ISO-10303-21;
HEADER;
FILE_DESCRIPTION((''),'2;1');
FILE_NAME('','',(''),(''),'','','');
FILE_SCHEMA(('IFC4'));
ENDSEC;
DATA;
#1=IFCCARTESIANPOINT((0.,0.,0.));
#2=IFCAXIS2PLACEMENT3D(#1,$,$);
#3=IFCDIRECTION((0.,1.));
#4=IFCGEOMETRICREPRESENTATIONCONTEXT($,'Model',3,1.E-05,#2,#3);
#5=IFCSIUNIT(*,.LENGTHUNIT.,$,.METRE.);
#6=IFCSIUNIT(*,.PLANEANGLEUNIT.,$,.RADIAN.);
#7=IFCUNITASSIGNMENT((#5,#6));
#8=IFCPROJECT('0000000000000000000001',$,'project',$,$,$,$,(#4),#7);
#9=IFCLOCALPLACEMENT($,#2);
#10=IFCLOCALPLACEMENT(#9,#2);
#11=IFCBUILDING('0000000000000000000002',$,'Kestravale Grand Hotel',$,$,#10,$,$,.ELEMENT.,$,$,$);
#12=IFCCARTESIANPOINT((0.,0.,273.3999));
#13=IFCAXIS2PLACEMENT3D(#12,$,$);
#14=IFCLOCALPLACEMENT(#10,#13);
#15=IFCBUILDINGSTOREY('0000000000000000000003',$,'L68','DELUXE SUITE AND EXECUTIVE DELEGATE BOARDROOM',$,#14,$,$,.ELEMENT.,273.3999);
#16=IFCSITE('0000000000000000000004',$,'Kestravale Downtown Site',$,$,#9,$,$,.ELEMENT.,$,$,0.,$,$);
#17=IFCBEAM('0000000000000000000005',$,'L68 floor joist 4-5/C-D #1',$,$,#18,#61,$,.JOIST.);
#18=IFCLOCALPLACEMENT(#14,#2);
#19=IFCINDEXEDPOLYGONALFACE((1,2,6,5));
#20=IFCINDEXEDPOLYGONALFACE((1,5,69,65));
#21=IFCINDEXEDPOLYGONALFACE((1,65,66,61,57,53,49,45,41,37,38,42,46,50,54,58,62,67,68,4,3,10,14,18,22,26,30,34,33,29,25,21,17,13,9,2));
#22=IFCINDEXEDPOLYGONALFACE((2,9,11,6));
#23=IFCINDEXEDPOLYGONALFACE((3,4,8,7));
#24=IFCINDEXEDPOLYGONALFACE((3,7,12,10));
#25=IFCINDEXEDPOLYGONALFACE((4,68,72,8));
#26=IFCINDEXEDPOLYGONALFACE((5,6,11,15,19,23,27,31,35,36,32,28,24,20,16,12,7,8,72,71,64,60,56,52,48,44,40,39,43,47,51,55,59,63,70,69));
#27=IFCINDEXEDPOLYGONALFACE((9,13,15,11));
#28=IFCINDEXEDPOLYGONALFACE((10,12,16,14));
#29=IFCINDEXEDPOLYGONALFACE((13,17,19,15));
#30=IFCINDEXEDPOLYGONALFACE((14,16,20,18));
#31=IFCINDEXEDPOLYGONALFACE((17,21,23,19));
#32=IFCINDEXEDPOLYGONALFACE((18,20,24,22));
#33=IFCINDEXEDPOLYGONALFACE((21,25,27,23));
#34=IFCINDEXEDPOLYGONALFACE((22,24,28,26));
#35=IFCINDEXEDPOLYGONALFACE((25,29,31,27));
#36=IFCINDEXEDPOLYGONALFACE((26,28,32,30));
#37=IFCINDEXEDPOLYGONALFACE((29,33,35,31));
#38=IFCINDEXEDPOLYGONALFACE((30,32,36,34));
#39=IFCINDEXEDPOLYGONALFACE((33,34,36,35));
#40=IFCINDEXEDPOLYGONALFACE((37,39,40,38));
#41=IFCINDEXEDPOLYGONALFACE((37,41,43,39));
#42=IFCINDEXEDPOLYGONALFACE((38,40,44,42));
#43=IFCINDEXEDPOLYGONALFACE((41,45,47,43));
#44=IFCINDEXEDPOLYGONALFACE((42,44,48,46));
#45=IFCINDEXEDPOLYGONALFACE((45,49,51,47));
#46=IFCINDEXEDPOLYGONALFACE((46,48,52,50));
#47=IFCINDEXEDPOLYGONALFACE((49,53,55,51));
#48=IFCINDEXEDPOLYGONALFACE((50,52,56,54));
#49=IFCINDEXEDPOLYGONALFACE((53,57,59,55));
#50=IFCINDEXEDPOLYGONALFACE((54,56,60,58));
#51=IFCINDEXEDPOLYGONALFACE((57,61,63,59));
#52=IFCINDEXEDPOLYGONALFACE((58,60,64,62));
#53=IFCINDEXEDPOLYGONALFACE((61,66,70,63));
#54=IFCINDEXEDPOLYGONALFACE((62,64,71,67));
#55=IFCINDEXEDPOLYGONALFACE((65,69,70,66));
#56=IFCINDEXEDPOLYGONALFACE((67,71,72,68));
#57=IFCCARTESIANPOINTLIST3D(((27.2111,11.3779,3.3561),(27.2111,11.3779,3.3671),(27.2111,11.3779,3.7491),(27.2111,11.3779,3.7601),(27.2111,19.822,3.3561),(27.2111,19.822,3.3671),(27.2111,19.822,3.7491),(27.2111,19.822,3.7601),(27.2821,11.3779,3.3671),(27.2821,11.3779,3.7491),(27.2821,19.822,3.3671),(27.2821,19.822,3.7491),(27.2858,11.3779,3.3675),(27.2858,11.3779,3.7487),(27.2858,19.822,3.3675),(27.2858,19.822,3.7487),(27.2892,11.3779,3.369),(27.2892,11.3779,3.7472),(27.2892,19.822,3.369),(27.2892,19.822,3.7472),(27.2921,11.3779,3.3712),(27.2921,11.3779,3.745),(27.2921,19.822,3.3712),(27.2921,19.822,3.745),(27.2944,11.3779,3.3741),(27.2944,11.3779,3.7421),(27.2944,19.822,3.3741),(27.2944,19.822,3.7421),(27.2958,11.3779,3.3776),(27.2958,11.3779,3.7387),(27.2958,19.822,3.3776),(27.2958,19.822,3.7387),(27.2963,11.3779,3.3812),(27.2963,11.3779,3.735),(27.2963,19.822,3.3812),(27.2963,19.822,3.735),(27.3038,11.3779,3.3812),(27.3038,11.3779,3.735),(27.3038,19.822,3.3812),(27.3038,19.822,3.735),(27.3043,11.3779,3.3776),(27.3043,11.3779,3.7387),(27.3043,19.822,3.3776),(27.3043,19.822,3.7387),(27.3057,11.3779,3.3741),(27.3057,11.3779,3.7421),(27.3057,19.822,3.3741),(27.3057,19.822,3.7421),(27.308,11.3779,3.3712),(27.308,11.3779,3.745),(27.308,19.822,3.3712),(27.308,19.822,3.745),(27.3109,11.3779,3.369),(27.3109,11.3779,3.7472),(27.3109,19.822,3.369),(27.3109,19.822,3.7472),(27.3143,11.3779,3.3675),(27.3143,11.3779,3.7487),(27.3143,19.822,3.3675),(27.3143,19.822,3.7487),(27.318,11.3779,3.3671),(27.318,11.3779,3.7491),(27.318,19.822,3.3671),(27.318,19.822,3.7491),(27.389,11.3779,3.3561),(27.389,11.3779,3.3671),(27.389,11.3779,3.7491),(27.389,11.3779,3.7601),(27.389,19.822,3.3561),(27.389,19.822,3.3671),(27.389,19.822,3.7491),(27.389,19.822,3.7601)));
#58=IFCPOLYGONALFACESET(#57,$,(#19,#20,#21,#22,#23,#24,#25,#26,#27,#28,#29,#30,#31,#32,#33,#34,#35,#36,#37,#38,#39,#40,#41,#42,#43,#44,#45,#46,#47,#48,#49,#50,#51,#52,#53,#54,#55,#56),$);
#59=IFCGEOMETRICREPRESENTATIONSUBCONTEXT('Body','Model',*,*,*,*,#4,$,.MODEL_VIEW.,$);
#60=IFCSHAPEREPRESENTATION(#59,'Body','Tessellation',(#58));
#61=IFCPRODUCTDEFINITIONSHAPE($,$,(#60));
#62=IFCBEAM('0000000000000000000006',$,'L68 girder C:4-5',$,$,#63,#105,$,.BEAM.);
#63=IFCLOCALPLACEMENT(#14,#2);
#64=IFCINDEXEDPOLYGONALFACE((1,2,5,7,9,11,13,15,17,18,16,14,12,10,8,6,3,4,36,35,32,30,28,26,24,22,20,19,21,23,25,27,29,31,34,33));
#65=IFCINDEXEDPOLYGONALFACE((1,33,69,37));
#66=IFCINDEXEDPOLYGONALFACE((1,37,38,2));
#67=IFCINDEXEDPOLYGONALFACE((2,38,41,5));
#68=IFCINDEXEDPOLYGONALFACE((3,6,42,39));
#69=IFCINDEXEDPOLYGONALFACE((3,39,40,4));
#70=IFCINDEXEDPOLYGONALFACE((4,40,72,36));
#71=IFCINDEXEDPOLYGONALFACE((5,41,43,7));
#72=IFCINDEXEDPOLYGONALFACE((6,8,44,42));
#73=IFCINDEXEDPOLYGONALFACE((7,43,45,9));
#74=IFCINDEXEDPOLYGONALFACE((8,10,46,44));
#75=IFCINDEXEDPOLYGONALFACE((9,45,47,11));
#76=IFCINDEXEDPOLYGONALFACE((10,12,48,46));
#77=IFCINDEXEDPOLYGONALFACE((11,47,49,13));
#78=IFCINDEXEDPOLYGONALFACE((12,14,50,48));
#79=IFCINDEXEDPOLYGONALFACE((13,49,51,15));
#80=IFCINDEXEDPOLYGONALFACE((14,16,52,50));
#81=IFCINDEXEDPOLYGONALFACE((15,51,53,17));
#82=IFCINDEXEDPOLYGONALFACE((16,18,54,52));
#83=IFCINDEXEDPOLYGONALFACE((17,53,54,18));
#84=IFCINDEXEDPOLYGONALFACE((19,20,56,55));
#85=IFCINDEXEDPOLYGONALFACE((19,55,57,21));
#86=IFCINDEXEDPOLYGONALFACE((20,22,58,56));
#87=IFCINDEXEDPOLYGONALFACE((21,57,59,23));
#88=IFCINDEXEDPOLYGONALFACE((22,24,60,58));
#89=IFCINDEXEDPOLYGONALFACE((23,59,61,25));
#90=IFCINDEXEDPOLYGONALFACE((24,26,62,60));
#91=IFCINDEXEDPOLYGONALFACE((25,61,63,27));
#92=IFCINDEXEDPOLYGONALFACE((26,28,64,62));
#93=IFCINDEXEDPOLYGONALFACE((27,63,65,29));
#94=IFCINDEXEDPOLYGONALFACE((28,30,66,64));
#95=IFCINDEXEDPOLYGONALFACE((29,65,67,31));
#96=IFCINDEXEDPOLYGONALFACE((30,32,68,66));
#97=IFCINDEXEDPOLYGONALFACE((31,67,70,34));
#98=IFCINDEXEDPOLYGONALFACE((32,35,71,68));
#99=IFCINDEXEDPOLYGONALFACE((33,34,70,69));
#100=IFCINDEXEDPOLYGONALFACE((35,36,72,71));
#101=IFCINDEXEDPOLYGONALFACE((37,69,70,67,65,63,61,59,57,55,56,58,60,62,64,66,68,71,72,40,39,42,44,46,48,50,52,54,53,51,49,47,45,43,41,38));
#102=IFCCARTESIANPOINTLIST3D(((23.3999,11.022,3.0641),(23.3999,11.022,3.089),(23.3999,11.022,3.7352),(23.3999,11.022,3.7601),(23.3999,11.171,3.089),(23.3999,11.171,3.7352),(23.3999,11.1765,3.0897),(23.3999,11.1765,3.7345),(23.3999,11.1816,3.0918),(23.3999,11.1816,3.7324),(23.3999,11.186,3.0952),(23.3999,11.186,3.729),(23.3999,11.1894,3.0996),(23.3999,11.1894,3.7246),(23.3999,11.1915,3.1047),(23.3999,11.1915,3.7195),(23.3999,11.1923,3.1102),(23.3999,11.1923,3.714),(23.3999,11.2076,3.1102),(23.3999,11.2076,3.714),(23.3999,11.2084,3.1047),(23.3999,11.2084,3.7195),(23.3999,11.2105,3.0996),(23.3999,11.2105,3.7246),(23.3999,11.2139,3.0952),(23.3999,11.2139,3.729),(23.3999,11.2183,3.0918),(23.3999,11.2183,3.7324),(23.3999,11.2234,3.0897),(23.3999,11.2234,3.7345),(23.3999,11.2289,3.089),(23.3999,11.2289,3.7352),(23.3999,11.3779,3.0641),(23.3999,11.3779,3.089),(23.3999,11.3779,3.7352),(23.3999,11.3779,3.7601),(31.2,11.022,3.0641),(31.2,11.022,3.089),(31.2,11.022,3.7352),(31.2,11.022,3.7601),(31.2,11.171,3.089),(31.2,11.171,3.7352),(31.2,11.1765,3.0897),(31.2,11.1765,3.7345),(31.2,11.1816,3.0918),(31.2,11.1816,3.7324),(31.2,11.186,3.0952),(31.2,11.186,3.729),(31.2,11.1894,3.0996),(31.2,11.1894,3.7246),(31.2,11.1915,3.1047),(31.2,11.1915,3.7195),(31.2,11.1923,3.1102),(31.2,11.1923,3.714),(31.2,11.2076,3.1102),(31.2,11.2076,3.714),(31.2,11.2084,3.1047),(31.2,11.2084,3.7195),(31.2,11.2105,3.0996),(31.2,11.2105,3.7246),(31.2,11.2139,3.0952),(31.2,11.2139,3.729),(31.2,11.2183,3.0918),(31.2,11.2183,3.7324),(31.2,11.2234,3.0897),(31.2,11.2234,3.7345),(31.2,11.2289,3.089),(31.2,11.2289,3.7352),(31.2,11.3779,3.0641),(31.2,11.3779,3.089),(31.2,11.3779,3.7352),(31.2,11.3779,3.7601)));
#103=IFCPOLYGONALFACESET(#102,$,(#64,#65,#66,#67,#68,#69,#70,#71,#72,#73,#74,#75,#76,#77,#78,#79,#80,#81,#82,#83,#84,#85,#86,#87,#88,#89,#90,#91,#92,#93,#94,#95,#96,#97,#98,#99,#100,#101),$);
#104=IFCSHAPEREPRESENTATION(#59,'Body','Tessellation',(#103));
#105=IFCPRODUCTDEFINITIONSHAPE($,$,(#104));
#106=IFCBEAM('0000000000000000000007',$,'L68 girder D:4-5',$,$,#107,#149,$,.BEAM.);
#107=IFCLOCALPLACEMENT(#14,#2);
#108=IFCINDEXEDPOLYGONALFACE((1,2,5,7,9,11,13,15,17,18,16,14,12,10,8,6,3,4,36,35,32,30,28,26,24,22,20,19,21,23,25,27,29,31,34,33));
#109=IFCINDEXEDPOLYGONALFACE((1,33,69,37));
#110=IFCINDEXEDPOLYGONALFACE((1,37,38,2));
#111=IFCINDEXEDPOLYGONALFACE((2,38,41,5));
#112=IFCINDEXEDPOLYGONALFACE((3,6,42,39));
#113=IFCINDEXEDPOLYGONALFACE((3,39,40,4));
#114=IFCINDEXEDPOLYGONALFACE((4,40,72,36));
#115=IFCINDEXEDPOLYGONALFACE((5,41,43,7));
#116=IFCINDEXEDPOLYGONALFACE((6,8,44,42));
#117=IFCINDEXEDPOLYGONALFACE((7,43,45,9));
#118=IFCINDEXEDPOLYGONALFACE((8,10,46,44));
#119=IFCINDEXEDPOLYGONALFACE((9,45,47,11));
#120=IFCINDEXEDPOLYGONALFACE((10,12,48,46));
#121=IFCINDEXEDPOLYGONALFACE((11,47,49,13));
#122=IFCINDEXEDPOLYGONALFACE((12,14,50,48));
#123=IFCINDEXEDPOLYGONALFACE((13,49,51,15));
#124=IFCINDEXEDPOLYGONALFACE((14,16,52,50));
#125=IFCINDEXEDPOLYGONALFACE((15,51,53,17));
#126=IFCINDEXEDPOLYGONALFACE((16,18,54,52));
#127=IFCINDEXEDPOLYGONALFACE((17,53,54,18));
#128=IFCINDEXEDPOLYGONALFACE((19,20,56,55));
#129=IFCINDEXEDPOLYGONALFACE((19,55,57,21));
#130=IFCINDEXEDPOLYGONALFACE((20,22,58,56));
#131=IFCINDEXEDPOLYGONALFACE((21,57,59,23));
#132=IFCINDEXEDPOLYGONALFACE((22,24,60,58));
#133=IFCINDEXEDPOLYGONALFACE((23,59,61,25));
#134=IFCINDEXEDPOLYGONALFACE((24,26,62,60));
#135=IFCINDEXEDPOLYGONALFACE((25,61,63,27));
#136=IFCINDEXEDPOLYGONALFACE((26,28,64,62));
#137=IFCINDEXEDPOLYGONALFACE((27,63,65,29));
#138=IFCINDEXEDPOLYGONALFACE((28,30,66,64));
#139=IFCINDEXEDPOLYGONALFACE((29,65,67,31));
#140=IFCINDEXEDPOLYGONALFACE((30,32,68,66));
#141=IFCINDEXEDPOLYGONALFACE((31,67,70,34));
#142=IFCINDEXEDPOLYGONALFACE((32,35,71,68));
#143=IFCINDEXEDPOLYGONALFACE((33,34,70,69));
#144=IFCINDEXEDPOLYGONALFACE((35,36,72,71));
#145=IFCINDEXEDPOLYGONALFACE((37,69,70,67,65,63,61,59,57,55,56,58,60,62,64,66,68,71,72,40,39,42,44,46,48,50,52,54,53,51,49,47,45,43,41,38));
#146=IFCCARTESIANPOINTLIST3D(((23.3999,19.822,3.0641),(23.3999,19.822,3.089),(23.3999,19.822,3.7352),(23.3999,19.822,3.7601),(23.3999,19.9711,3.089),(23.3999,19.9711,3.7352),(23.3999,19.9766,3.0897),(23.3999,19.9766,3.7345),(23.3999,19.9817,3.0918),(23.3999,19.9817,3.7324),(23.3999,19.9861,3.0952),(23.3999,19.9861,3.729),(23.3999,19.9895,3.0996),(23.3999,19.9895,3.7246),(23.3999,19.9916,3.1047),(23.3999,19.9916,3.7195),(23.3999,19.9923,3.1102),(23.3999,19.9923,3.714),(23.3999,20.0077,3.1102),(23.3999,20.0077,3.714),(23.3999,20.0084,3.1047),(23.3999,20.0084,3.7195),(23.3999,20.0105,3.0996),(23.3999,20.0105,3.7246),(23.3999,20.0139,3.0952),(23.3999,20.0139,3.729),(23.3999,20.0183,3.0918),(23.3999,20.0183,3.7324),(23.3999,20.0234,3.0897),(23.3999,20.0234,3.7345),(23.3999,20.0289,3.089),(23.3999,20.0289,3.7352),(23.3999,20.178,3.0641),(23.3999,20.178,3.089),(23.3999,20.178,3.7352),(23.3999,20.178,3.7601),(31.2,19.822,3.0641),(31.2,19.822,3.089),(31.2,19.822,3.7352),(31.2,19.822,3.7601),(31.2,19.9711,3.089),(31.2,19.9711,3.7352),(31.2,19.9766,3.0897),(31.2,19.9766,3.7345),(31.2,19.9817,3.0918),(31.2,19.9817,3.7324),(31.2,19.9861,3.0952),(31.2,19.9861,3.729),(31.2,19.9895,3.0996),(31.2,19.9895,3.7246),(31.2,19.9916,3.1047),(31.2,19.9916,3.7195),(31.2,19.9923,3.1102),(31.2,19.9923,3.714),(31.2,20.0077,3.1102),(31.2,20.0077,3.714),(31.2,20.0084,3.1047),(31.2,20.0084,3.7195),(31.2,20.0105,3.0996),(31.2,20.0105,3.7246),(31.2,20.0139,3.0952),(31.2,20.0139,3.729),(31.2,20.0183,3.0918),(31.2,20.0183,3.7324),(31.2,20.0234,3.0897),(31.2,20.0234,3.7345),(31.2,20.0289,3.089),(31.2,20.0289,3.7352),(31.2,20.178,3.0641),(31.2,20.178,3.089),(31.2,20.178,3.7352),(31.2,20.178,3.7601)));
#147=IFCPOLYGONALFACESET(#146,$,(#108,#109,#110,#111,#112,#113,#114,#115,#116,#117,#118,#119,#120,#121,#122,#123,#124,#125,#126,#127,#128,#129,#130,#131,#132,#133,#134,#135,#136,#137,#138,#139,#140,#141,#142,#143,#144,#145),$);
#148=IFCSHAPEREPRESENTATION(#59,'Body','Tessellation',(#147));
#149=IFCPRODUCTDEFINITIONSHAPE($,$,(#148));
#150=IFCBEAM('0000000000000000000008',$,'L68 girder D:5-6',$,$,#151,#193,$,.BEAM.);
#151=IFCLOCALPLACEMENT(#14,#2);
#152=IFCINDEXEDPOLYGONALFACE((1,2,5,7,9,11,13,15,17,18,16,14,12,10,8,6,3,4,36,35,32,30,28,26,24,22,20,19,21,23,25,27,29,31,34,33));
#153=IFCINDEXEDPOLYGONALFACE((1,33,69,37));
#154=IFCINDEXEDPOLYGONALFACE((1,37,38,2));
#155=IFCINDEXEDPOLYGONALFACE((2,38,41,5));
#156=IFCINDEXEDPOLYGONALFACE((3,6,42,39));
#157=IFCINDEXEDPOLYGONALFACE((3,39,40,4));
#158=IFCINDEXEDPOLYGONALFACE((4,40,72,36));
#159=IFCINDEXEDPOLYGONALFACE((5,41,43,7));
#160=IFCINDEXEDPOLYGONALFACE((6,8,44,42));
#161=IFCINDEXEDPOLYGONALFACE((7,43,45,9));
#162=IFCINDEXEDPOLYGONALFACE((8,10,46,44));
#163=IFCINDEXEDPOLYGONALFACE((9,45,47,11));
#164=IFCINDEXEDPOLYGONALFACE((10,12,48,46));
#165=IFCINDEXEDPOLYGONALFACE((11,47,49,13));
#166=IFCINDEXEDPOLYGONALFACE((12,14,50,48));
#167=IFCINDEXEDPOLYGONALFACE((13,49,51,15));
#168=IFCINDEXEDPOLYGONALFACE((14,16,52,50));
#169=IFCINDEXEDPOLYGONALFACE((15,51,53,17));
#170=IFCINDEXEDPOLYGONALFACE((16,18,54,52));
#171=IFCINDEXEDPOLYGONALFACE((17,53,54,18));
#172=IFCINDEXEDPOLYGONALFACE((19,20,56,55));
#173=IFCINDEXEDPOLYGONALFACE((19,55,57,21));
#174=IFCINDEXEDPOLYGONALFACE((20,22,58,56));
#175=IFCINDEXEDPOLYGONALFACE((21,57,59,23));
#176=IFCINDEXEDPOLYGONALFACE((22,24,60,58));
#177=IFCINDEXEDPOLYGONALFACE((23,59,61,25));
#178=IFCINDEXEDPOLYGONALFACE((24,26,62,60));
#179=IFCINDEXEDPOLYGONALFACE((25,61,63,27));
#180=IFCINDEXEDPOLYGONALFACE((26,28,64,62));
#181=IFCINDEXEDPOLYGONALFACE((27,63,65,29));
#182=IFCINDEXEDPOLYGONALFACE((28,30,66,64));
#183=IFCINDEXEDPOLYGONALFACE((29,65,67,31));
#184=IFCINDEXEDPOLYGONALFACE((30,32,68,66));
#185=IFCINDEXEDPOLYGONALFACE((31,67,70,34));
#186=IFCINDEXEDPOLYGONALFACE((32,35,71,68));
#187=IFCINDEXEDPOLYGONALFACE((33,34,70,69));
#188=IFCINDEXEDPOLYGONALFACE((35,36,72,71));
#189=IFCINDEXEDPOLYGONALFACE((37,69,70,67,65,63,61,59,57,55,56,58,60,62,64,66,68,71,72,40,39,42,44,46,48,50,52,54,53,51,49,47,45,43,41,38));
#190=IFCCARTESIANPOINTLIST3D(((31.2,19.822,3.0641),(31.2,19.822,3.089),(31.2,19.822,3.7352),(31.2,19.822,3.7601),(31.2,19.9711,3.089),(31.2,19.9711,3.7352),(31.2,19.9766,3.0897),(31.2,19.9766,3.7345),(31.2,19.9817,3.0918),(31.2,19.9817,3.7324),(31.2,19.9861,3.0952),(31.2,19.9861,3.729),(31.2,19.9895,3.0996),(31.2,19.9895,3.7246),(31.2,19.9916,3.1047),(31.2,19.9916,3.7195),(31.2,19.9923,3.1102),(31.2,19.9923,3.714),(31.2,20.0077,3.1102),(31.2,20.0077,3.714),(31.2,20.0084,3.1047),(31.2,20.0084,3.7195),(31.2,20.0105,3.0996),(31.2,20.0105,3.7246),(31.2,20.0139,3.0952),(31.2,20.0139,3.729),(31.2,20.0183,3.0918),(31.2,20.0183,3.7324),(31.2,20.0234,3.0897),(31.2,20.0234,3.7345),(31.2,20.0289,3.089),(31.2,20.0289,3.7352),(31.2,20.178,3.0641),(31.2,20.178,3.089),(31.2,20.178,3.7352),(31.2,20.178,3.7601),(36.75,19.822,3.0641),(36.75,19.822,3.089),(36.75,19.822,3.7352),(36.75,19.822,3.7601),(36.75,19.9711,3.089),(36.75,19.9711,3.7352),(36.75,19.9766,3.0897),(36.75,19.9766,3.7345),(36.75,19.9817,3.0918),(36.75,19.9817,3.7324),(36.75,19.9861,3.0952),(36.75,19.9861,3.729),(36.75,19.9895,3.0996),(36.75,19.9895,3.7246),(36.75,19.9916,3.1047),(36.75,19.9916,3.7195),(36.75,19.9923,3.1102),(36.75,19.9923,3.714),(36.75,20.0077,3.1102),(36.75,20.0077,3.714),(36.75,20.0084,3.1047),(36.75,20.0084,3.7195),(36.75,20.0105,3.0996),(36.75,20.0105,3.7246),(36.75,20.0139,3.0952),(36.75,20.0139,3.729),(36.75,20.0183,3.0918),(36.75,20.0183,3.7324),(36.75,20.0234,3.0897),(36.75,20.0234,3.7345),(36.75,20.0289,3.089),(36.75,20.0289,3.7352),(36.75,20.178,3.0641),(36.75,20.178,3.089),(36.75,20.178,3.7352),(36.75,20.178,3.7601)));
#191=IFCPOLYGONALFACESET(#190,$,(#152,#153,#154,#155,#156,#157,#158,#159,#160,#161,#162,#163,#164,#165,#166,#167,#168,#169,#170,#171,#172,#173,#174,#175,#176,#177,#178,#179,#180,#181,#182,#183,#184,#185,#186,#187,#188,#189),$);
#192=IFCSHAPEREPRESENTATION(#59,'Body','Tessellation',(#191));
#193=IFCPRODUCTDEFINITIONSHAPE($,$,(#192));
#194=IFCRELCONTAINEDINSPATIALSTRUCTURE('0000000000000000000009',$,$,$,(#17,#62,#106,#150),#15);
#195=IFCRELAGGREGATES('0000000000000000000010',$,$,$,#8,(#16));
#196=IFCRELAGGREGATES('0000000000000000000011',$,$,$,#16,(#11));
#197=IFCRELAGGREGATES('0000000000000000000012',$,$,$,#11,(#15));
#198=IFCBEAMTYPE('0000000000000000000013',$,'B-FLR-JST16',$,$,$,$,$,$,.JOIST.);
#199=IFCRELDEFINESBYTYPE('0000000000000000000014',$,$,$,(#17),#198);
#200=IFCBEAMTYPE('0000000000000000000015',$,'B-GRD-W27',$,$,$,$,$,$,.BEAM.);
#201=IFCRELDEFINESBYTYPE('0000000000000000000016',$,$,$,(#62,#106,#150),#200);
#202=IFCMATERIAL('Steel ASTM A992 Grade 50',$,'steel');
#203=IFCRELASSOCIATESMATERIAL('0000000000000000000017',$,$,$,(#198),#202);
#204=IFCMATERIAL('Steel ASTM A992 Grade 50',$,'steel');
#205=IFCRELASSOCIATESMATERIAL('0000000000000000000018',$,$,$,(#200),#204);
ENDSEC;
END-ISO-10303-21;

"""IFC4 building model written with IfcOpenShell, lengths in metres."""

from ifc_helpers import new_model, si_unit, direction, frame, origin, origin_2d, place, context, subcontext, project, spatial, i_section, extrude, material, material_profile, profile_set, type_object, element, save


model = new_model("IFC4")

# Units and contexts
model_context = context("Model", 3, precision=1e-05, world=origin(), true_north=direction((0.0, 1.0)))
body_context = subcontext(model_context, "Body", "Model", "MODEL_VIEW")
ifc_project = project(units=[si_unit("LENGTHUNIT", "METRE"), si_unit("PLANEANGLEUNIT", "RADIAN")], contexts=[model_context])

# Site, building, storey
site_placement = place(None, origin())
site = spatial("IfcSite", under=ifc_project, at=site_placement, Name="Kestravale Downtown Site", CompositionType="ELEMENT", RefElevation=0.0)
building_placement = place(site_placement, origin())
building = spatial("IfcBuilding", under=site, at=building_placement, Name="Kestravale Grand Hotel", CompositionType="ELEMENT")
storey_placement = place(building_placement, frame((0.0, 0.0, 273.3999)))
storey = spatial("IfcBuildingStorey", under=building, at=storey_placement, Name="L68", Description="DELUXE SUITE AND EXECUTIVE DELEGATE BOARDROOM", CompositionType="ELEMENT", Elevation=273.3999)

# Beams
ifc_material_1 = material(Name="Steel ASTM A992 Grade 50", Category="steel")
ifc_material_profile_1 = material_profile(ifc_material_1, i_section(OverallWidth=0.178, OverallDepth=0.4041, WebThickness=0.0076, FlangeThickness=0.011, FilletRadius=0.0142, at=origin_2d()))
ifc_profile_set_1 = profile_set([ifc_material_profile_1], Name="Steel ASTM A992 Grade 50")
beam_type_1 = type_object("IfcBeamType", Name="B-FLR-JST16", PredefinedType="JOIST", material=ifc_profile_set_1)
beam_1_placement = place(storey_placement, frame((27.3, 11.3779, 3.5581), z_axis=(0.0, 1.0, 0.0), x_axis=(-1.0, 0.0, 0.0)))
element("IfcBeam", 1, at=beam_1_placement, inside=storey, type_object=beam_type_1, Name="L68 floor joist 4-5/C-D #1", PredefinedType="JOIST", context=body_context, shape_type="SweptSolid", body=[
    extrude(i_section(OverallWidth=0.178, OverallDepth=0.4041, WebThickness=0.0076, FlangeThickness=0.011, FilletRadius=0.0142, at=origin_2d()), origin(), (0.0, 0.0, 1.0), 8.4441),
])
ifc_material_2 = material(Name="Steel ASTM A992 Grade 50", Category="steel")
ifc_material_profile_2 = material_profile(ifc_material_2, i_section(OverallWidth=0.356, OverallDepth=0.696, WebThickness=0.0154, FlangeThickness=0.0249, FilletRadius=0.0212, at=origin_2d()))
ifc_profile_set_2 = profile_set([ifc_material_profile_2], Name="Steel ASTM A992 Grade 50")
beam_type_2 = type_object("IfcBeamType", Name="B-GRD-W27", PredefinedType="BEAM", material=ifc_profile_set_2)
for number, where, z_axis, x_axis, name in (
    (2, (23.3999, 11.2, 3.4121), (1.0, 0.0, 0.0), (0.0, 1.0, 0.0), "L68 girder C:4-5"),
    (3, (23.3999, 20.0, 3.4121), (1.0, 0.0, 0.0), (0.0, 1.0, 0.0), "L68 girder D:4-5"),
):
    element("IfcBeam", number, at=place(storey_placement, frame(where, z_axis=z_axis, x_axis=x_axis)), inside=storey, type_object=beam_type_2, Name=name, PredefinedType="BEAM", context=body_context, shape_type="SweptSolid", body=[
        extrude(i_section(OverallWidth=0.356, OverallDepth=0.696, WebThickness=0.0154, FlangeThickness=0.0249, FilletRadius=0.0212, at=origin_2d()), origin(), (0.0, 0.0, 1.0), 7.8),
    ])
beam_2_placement = place(storey_placement, frame((31.2, 20.0, 3.4121), z_axis=(1.0, 0.0, 0.0), x_axis=(0.0, 1.0, 0.0)))
element("IfcBeam", 4, at=beam_2_placement, inside=storey, type_object=beam_type_2, Name="L68 girder D:5-6", PredefinedType="BEAM", context=body_context, shape_type="SweptSolid", body=[
    extrude(i_section(OverallWidth=0.356, OverallDepth=0.696, WebThickness=0.0154, FlangeThickness=0.0249, FilletRadius=0.0212, at=origin_2d()), origin(), (0.0, 0.0, 1.0), 5.55),
])

save(model, "model.ifc")
